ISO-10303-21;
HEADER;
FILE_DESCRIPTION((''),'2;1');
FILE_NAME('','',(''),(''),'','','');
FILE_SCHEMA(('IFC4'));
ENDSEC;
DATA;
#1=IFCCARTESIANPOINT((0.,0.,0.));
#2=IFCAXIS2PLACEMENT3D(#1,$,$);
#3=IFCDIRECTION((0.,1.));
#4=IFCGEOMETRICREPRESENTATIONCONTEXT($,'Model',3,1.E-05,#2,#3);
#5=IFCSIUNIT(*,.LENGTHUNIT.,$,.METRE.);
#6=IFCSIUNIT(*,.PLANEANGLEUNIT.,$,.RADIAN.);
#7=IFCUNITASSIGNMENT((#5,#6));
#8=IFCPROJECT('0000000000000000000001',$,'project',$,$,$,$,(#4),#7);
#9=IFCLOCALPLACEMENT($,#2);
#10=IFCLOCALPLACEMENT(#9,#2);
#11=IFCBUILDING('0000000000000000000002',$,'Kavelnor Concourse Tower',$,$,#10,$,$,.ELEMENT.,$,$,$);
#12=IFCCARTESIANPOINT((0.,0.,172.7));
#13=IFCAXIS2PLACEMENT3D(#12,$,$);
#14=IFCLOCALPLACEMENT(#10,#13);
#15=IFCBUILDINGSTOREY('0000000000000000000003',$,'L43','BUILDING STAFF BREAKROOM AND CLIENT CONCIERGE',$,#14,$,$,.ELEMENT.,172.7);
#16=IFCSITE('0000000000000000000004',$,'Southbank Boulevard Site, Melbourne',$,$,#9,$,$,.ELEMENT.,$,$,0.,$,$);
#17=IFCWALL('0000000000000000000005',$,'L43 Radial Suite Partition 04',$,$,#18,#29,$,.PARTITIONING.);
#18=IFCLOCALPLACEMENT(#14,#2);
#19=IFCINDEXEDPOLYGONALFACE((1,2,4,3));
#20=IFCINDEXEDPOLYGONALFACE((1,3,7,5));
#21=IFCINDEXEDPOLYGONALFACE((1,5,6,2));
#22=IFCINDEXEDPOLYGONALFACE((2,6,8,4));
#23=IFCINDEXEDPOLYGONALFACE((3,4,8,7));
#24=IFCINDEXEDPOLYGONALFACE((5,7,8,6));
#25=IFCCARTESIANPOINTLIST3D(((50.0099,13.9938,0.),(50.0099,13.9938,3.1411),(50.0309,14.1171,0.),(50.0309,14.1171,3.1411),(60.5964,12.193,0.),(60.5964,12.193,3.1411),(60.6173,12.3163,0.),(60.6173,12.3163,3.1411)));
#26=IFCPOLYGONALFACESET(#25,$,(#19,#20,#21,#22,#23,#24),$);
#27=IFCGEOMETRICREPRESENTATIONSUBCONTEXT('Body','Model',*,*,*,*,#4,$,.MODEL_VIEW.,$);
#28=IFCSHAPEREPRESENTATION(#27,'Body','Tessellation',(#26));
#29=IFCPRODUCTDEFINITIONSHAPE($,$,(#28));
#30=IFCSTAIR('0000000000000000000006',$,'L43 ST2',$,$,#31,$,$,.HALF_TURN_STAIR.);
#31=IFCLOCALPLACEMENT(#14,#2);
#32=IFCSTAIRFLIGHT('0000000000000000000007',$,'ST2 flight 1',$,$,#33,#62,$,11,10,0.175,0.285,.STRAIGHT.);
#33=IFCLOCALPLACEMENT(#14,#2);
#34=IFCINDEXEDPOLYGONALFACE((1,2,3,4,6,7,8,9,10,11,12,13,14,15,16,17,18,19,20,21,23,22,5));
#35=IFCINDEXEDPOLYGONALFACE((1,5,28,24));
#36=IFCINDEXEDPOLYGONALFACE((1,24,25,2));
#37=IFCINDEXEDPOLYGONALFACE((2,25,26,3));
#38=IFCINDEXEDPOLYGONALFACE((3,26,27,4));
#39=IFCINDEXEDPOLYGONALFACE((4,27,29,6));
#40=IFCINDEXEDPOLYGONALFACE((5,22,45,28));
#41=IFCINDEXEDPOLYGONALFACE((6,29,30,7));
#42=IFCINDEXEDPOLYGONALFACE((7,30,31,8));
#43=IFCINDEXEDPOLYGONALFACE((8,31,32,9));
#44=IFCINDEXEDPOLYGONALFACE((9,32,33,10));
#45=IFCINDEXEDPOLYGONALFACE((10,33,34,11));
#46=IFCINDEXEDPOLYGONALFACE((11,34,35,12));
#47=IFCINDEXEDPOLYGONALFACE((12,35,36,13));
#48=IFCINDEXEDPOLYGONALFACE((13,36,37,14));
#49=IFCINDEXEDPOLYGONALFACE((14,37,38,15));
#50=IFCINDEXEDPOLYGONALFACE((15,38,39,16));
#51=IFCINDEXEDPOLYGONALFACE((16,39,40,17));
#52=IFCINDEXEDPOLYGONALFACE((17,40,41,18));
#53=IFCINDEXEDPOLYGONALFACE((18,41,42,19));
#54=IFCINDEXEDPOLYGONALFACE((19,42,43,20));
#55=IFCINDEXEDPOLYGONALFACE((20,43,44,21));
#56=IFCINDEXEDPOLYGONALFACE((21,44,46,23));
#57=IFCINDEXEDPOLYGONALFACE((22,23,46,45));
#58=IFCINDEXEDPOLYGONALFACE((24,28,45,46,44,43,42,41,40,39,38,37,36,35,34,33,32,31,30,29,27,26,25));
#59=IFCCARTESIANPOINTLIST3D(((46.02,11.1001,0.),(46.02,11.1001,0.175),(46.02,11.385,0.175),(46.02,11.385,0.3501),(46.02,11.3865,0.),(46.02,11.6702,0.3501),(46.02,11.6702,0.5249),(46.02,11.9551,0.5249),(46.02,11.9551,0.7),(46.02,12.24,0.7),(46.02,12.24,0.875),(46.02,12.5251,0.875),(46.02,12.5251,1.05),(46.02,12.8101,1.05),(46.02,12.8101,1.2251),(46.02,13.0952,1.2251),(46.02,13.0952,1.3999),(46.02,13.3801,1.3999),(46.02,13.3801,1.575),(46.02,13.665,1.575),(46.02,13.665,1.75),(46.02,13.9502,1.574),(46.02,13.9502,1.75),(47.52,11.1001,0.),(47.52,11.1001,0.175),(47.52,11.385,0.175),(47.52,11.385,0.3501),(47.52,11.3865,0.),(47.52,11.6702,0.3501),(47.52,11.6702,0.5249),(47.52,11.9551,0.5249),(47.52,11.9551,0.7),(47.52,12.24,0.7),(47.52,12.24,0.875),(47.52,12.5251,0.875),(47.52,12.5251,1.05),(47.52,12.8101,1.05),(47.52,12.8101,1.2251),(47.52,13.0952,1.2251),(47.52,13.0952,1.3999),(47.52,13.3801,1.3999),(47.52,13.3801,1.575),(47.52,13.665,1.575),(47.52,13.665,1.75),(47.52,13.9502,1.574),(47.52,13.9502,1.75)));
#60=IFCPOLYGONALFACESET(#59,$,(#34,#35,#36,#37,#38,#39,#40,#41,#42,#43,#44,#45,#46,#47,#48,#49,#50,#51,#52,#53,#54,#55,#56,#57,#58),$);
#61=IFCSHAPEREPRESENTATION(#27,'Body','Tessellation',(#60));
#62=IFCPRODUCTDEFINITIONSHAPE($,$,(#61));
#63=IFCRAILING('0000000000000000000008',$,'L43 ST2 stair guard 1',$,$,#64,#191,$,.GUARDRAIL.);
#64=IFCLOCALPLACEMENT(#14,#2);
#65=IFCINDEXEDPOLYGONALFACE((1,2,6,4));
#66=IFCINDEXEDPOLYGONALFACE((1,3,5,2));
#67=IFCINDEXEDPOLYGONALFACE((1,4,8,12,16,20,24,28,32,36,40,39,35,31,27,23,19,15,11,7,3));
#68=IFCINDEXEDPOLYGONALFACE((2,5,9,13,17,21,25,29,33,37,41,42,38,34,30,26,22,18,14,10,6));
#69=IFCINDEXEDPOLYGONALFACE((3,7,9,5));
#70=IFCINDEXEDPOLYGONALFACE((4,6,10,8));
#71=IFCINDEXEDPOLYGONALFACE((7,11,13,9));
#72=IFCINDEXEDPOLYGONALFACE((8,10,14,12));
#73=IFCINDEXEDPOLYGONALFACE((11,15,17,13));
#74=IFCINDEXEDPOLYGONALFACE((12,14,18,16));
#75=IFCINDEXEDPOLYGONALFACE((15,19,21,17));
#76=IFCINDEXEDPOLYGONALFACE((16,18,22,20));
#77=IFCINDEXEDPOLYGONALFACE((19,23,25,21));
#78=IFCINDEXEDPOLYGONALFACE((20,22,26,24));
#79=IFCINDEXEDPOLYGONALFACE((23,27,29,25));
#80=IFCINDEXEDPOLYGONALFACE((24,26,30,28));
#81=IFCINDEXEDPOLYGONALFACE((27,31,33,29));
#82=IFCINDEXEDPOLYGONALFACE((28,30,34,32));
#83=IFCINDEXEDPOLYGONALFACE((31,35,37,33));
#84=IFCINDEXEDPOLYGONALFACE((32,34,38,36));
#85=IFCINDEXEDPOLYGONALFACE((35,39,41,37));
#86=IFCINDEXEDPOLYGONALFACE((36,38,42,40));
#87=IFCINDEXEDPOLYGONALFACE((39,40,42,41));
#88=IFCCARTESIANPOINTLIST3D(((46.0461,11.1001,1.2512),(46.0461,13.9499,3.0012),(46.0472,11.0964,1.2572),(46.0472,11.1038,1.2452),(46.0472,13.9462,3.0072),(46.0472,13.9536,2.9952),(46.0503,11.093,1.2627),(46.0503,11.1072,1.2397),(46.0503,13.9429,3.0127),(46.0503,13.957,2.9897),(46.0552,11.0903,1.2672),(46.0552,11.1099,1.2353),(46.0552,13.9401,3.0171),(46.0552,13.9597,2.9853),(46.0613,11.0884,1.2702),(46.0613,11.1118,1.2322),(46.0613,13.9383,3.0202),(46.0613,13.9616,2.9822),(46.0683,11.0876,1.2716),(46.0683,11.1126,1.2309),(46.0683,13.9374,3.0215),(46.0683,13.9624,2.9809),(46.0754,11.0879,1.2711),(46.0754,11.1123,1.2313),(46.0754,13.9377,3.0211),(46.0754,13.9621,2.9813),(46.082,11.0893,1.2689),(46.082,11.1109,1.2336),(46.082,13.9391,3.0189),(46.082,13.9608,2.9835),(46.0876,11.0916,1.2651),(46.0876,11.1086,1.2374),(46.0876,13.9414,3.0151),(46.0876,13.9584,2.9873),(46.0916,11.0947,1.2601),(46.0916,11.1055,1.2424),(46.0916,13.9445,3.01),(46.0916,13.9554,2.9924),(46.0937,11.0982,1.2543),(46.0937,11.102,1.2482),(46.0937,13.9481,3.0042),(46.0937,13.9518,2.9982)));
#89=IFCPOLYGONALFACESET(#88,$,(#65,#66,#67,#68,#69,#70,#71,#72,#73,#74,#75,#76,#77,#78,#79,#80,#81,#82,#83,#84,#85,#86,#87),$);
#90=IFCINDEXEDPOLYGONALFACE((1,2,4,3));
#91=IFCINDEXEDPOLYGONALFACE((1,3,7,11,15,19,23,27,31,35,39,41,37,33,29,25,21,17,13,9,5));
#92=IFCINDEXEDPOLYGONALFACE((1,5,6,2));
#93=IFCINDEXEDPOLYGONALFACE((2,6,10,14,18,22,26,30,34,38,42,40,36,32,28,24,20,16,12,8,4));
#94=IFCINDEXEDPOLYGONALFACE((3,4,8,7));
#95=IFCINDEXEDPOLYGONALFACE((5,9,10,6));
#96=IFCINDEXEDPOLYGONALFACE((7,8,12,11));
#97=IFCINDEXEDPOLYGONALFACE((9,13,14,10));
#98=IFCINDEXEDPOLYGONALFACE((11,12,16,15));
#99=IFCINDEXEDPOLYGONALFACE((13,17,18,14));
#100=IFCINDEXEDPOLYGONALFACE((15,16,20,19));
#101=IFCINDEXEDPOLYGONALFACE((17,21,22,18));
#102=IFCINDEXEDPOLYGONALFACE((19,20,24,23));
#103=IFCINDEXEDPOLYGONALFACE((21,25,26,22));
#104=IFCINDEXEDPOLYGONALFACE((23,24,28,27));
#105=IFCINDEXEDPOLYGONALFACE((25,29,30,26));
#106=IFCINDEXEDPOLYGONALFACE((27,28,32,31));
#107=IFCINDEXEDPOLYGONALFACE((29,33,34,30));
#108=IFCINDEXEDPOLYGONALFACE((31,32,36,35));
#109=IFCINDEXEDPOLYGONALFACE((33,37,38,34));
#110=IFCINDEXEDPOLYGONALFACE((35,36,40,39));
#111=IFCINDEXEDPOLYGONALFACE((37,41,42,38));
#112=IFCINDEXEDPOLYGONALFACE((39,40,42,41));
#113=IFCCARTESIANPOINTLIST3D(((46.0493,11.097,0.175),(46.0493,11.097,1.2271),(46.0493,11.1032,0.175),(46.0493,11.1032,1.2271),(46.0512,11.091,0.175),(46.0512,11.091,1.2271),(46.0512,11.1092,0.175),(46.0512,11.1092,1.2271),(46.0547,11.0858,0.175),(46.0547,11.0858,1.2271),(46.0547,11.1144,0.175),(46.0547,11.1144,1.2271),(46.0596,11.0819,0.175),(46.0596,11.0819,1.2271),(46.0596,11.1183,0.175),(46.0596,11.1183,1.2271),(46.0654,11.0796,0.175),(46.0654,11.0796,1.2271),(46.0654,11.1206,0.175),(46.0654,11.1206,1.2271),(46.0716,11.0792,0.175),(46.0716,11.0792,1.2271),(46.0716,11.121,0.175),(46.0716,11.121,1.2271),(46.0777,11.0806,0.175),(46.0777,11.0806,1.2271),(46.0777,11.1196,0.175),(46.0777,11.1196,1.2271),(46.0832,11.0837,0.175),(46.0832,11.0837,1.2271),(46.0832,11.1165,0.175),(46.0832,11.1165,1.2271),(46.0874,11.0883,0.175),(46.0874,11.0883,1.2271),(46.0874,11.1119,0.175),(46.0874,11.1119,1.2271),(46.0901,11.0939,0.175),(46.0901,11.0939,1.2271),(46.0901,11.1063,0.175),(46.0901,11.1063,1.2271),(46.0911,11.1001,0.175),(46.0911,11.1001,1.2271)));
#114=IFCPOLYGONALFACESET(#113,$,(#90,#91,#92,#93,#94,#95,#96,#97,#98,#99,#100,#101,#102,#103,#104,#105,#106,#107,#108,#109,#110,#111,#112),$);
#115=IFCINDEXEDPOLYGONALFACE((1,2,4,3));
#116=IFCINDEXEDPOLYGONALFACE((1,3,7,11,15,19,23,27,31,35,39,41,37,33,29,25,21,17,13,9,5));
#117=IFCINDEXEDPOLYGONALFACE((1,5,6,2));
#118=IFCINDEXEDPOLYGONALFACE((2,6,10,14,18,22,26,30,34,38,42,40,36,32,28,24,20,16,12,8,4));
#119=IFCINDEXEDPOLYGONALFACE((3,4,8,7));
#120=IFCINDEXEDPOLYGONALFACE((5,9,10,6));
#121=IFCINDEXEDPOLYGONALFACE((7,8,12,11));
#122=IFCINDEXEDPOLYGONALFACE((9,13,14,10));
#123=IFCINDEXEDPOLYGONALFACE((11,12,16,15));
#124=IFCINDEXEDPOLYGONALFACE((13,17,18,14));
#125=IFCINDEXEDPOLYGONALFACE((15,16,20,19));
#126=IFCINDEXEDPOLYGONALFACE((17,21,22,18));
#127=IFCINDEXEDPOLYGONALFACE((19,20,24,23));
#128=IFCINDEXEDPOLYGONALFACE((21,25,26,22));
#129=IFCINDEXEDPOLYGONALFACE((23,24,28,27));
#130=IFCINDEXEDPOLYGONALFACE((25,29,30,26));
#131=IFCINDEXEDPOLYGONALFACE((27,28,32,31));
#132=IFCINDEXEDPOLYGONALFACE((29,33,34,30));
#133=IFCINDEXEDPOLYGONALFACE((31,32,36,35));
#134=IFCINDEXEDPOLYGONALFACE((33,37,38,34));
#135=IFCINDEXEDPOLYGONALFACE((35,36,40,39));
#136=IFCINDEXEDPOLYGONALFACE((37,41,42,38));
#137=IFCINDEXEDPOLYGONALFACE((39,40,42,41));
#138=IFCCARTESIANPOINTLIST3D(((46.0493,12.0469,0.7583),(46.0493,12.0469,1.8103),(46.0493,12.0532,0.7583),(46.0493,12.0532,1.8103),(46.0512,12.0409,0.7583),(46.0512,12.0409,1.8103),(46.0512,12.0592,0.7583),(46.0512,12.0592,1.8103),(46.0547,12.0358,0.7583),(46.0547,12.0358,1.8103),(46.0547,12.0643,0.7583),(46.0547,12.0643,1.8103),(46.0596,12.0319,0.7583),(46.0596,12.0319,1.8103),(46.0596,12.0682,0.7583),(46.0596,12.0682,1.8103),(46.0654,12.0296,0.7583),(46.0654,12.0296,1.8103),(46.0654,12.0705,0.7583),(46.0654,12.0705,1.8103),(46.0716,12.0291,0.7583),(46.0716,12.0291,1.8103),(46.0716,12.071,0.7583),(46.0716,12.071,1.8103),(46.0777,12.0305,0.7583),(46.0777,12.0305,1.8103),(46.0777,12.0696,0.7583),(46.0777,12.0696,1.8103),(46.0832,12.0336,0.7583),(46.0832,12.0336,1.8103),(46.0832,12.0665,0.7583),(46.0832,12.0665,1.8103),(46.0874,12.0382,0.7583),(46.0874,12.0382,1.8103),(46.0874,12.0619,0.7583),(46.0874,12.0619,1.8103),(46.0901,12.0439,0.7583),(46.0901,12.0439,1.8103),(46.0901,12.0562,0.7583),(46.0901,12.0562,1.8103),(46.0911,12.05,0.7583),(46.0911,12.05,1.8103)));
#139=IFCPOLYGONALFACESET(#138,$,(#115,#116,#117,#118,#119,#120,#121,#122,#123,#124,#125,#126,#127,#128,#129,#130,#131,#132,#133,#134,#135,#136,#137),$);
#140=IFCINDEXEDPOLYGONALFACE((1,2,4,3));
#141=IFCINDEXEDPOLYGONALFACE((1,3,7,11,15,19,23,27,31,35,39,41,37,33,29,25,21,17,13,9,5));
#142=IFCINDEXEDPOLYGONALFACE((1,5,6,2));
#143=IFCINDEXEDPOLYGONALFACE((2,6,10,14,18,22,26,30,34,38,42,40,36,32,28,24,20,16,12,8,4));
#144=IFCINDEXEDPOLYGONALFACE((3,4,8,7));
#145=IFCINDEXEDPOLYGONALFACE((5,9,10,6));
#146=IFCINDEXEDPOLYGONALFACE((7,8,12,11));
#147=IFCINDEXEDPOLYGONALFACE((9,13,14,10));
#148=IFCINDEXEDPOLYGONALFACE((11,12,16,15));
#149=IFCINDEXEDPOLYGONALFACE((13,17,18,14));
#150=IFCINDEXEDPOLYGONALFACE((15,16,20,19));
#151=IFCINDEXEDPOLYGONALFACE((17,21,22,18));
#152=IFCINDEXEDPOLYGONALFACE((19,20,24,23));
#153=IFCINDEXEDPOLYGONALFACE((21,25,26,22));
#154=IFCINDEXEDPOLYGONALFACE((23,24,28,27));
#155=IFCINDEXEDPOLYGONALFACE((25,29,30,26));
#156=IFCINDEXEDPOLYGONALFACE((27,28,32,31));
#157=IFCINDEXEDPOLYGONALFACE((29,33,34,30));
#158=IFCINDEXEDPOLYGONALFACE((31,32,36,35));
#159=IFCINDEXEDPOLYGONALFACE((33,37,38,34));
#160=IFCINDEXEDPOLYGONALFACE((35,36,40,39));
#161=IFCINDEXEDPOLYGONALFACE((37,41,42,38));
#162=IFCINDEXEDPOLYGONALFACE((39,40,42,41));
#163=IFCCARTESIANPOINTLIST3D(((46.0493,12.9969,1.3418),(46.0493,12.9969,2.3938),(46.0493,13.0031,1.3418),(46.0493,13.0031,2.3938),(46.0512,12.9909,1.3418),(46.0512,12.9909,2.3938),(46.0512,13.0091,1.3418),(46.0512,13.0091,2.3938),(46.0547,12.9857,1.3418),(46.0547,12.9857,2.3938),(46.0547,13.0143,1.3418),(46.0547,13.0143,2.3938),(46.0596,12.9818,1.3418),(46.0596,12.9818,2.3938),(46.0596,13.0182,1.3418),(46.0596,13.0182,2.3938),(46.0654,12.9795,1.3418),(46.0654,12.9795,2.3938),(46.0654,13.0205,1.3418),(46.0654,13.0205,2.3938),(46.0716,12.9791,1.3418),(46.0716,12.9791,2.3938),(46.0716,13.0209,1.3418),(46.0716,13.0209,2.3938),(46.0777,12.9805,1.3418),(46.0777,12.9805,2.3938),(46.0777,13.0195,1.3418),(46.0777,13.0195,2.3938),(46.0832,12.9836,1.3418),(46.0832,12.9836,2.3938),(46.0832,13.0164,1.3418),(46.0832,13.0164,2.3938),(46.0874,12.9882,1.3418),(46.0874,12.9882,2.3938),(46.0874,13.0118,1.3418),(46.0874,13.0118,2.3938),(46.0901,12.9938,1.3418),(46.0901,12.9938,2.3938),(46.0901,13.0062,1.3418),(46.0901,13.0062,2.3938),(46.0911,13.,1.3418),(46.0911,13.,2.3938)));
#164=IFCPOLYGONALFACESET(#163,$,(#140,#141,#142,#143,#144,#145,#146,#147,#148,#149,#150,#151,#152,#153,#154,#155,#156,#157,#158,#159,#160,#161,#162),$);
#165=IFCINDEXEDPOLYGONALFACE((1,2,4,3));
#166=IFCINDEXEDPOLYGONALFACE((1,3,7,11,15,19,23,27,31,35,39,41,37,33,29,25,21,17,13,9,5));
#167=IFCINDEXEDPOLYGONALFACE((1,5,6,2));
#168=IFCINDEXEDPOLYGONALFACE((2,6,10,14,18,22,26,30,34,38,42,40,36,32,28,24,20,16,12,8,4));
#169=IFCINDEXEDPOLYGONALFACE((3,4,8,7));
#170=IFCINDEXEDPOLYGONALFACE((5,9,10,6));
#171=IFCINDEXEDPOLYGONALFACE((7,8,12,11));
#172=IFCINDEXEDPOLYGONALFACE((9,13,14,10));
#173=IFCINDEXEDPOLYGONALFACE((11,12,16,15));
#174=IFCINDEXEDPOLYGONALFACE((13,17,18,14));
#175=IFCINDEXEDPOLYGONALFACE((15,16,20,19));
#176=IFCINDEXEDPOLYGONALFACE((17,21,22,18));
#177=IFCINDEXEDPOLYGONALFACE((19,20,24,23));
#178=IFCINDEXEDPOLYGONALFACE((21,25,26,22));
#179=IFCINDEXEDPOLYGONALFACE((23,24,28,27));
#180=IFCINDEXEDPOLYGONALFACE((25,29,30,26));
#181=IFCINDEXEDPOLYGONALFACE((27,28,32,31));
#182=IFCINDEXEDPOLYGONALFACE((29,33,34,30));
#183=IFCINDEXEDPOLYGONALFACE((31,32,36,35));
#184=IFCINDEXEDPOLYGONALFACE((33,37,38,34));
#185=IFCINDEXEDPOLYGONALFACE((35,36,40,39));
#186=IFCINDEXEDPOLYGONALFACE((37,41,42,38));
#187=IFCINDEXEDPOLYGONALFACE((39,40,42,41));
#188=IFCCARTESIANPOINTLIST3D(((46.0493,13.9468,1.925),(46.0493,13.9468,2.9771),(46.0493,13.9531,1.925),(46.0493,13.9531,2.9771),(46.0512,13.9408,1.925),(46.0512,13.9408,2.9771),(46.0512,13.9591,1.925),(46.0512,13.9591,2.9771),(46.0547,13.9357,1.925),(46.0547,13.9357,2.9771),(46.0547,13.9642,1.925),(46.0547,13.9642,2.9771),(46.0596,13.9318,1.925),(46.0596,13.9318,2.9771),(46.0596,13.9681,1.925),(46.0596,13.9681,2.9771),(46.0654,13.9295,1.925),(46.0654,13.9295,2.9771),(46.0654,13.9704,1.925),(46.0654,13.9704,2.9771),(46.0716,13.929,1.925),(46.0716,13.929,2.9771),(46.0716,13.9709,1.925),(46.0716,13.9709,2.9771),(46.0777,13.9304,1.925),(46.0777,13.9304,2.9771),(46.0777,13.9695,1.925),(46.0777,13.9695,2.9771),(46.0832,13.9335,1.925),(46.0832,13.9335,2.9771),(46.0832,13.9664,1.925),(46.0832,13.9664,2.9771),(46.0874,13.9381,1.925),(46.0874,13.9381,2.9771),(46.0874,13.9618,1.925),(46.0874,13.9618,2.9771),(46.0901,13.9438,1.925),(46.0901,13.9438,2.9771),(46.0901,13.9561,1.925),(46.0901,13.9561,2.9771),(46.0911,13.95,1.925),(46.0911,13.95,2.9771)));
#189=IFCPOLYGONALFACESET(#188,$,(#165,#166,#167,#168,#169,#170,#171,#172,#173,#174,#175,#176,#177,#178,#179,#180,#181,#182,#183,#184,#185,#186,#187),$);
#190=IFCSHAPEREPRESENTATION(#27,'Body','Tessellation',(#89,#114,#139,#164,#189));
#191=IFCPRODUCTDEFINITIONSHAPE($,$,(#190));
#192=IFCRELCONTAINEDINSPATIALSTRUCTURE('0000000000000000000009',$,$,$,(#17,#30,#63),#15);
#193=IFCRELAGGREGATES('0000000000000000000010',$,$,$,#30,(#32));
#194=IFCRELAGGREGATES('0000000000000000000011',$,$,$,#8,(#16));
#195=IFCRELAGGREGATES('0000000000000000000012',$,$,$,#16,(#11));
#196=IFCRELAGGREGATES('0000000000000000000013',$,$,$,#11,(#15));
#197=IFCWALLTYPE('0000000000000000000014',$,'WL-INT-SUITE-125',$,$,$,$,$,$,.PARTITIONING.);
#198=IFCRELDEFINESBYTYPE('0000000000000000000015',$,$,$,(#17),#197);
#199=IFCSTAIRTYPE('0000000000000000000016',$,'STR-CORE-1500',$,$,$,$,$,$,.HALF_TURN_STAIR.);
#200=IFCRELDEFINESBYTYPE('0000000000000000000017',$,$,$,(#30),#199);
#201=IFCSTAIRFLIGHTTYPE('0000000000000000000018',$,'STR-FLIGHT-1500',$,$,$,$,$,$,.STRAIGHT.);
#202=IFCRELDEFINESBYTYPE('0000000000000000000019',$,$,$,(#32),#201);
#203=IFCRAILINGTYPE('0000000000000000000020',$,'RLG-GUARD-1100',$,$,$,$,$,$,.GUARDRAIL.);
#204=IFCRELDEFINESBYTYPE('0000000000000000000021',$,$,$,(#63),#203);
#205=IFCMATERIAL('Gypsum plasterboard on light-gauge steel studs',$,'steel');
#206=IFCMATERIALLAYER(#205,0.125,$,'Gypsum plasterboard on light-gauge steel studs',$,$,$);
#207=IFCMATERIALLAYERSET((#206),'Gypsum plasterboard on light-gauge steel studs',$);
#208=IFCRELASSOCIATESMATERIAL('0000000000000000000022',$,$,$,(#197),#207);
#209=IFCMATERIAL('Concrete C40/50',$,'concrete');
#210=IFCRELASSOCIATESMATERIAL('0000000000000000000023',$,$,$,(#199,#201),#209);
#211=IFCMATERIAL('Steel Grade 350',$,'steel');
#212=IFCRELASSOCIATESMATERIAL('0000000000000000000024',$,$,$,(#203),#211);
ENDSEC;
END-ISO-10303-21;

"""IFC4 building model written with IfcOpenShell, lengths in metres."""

from ifc_helpers import new_model, si_unit, direction, frame, frame_2d, origin, origin_2d, place, context, subcontext, project, spatial, polyline, rectangle, circle, outline, extrude, material, layer, layer_set, type_object, element, aggregate, save


model = new_model("IFC4")

# Units and contexts
model_context = context("Model", 3, precision=1e-05, world=origin(), true_north=direction((0.0, 1.0)))
body_context = subcontext(model_context, "Body", "Model", "MODEL_VIEW")
ifc_project = project(units=[si_unit("LENGTHUNIT", "METRE"), si_unit("PLANEANGLEUNIT", "RADIAN")], contexts=[model_context])

# Site, building, storey
site_placement = place(None, origin())
site = spatial("IfcSite", under=ifc_project, at=site_placement, Name="Southbank Boulevard Site, Melbourne", CompositionType="ELEMENT", RefElevation=0.0)
building_placement = place(site_placement, origin())
building = spatial("IfcBuilding", under=site, at=building_placement, Name="Kavelnor Concourse Tower", CompositionType="ELEMENT")
storey_placement = place(building_placement, frame((0.0, 0.0, 172.7)))
storey = spatial("IfcBuildingStorey", under=building, at=storey_placement, Name="L43", Description="BUILDING STAFF BREAKROOM AND CLIENT CONCIERGE", CompositionType="ELEMENT", Elevation=172.7)

# Shared definitions
ifc_material_1 = material(Name="Steel Grade 350", Category="steel")

# Shared definitions
ifc_material_2 = material(Name="Gypsum plasterboard on light-gauge steel studs", Category="steel")

# Wall
ifc_layer_1 = layer(ifc_material_2, 0.125, Name="Gypsum plasterboard on light-gauge steel studs")
ifc_layer_set_1 = layer_set([ifc_layer_1], Name="Gypsum plasterboard on light-gauge steel studs")
wall_type_1 = type_object("IfcWallType", Name="WL-INT-SUITE-125", PredefinedType="PARTITIONING", material=ifc_layer_set_1)
wall_1_placement = place(storey_placement, frame((50.0205, 14.0554, 0.0), z_axis=(0.0, 0.0, 1.0), x_axis=(0.985839, -0.167694, 0.0)))
element("IfcWall", 1, at=wall_1_placement, inside=storey, type_object=wall_type_1, Name="L43 Radial Suite Partition 04", PredefinedType="PARTITIONING", context=body_context, shape_type="SweptSolid", body=[
    extrude(rectangle(XDim=10.7385, YDim=0.125, at=frame_2d((5.3691, 0.0))), origin(), (0.0, 0.0, 1.0), 3.1411),
])

# Stair, stair flight
ifc_material_3 = material(Name="Concrete C40/50", Category="concrete")
stair_type = type_object("IfcStairType", Name="STR-CORE-1500", PredefinedType="HALF_TURN_STAIR", material=ifc_material_3)
stair_placement = place(storey_placement, origin())
stair = element("IfcStair", 2, at=stair_placement, inside=storey, type_object=stair_type, Name="L43 ST2", PredefinedType="HALF_TURN_STAIR")
stair_flight_type = type_object("IfcStairFlightType", Name="STR-FLIGHT-1500", PredefinedType="STRAIGHT", material=ifc_material_3)
stair_flight_placement = place(storey_placement, frame((46.77, 11.1001, 0.0), z_axis=(0.0, 0.0, 1.0), x_axis=(0.0, 1.0, 0.0)))
stair_flight = element("IfcStairFlight", 3, at=stair_flight_placement, type_object=stair_flight_type, Name="ST2 flight 1", NumberOfRisers=11, NumberOfTreads=10, PredefinedType="STRAIGHT", RiserHeight=0.175, TreadLength=0.285, context=body_context, shape_type="SweptSolid", body=[
    extrude(outline(polyline([(0.0, 0.0), (0.0, 0.175), (0.2849, 0.175), (0.2849, 0.3501), (0.5701, 0.3501), (0.5701, 0.5249), (0.855, 0.5249), (0.855, 0.7), (1.1399, 0.7), (1.1399, 0.875), (1.425, 0.875), (1.425, 1.05), (1.71, 1.05), (1.71, 1.2251), (1.9951, 1.2251), (1.9951, 1.3999), (2.28, 1.3999), (2.28, 1.575), (2.5649, 1.575), (2.5649, 1.75), (2.8501, 1.75), (2.8501, 1.925), (2.8501, 1.574), (0.2864, 0.0), (0.0, 0.0)])), frame((0.0, 0.75, 0.0), z_axis=(0.0, -1.0, 0.0), x_axis=(1.0, 0.0, 0.0)), (0.0, 0.0, 1.0), 1.5),
])
aggregate(stair, [stair_flight])

# Railing
railing_type_1 = type_object("IfcRailingType", Name="RLG-GUARD-1100", PredefinedType="GUARDRAIL", material=ifc_material_1)
railing_1_placement = place(storey_placement, frame((46.0701, 11.1001, 0.175)))
element("IfcRailing", 4, at=railing_1_placement, inside=storey, type_object=railing_type_1, Name="L43 ST2 stair guard 1", PredefinedType="GUARDRAIL", context=body_context, shape_type="SweptSolid", body=[
    extrude(circle(Radius=0.0239, at=origin_2d()), frame((0.0, 0.0, 1.0762), z_axis=(0.0, 0.852159, 0.523283), x_axis=(-1.0, 0.0, 0.0)), (0.0, 0.0, 1.0), 3.3442),
    extrude(circle(Radius=0.021, at=origin_2d()), origin(), (0.0, 0.0, 1.0), 1.052),
    extrude(circle(Radius=0.021, at=origin_2d()), frame((0.0, 0.95, 0.5833)), (0.0, 0.0, 1.0), 1.052),
    extrude(circle(Radius=0.021, at=origin_2d()), frame((0.0, 1.8999, 1.1667)), (0.0, 0.0, 1.0), 1.052),
    extrude(circle(Radius=0.021, at=origin_2d()), frame((0.0, 2.8499, 1.75)), (0.0, 0.0, 1.0), 1.052),
])

save(model, "model.ifc")
